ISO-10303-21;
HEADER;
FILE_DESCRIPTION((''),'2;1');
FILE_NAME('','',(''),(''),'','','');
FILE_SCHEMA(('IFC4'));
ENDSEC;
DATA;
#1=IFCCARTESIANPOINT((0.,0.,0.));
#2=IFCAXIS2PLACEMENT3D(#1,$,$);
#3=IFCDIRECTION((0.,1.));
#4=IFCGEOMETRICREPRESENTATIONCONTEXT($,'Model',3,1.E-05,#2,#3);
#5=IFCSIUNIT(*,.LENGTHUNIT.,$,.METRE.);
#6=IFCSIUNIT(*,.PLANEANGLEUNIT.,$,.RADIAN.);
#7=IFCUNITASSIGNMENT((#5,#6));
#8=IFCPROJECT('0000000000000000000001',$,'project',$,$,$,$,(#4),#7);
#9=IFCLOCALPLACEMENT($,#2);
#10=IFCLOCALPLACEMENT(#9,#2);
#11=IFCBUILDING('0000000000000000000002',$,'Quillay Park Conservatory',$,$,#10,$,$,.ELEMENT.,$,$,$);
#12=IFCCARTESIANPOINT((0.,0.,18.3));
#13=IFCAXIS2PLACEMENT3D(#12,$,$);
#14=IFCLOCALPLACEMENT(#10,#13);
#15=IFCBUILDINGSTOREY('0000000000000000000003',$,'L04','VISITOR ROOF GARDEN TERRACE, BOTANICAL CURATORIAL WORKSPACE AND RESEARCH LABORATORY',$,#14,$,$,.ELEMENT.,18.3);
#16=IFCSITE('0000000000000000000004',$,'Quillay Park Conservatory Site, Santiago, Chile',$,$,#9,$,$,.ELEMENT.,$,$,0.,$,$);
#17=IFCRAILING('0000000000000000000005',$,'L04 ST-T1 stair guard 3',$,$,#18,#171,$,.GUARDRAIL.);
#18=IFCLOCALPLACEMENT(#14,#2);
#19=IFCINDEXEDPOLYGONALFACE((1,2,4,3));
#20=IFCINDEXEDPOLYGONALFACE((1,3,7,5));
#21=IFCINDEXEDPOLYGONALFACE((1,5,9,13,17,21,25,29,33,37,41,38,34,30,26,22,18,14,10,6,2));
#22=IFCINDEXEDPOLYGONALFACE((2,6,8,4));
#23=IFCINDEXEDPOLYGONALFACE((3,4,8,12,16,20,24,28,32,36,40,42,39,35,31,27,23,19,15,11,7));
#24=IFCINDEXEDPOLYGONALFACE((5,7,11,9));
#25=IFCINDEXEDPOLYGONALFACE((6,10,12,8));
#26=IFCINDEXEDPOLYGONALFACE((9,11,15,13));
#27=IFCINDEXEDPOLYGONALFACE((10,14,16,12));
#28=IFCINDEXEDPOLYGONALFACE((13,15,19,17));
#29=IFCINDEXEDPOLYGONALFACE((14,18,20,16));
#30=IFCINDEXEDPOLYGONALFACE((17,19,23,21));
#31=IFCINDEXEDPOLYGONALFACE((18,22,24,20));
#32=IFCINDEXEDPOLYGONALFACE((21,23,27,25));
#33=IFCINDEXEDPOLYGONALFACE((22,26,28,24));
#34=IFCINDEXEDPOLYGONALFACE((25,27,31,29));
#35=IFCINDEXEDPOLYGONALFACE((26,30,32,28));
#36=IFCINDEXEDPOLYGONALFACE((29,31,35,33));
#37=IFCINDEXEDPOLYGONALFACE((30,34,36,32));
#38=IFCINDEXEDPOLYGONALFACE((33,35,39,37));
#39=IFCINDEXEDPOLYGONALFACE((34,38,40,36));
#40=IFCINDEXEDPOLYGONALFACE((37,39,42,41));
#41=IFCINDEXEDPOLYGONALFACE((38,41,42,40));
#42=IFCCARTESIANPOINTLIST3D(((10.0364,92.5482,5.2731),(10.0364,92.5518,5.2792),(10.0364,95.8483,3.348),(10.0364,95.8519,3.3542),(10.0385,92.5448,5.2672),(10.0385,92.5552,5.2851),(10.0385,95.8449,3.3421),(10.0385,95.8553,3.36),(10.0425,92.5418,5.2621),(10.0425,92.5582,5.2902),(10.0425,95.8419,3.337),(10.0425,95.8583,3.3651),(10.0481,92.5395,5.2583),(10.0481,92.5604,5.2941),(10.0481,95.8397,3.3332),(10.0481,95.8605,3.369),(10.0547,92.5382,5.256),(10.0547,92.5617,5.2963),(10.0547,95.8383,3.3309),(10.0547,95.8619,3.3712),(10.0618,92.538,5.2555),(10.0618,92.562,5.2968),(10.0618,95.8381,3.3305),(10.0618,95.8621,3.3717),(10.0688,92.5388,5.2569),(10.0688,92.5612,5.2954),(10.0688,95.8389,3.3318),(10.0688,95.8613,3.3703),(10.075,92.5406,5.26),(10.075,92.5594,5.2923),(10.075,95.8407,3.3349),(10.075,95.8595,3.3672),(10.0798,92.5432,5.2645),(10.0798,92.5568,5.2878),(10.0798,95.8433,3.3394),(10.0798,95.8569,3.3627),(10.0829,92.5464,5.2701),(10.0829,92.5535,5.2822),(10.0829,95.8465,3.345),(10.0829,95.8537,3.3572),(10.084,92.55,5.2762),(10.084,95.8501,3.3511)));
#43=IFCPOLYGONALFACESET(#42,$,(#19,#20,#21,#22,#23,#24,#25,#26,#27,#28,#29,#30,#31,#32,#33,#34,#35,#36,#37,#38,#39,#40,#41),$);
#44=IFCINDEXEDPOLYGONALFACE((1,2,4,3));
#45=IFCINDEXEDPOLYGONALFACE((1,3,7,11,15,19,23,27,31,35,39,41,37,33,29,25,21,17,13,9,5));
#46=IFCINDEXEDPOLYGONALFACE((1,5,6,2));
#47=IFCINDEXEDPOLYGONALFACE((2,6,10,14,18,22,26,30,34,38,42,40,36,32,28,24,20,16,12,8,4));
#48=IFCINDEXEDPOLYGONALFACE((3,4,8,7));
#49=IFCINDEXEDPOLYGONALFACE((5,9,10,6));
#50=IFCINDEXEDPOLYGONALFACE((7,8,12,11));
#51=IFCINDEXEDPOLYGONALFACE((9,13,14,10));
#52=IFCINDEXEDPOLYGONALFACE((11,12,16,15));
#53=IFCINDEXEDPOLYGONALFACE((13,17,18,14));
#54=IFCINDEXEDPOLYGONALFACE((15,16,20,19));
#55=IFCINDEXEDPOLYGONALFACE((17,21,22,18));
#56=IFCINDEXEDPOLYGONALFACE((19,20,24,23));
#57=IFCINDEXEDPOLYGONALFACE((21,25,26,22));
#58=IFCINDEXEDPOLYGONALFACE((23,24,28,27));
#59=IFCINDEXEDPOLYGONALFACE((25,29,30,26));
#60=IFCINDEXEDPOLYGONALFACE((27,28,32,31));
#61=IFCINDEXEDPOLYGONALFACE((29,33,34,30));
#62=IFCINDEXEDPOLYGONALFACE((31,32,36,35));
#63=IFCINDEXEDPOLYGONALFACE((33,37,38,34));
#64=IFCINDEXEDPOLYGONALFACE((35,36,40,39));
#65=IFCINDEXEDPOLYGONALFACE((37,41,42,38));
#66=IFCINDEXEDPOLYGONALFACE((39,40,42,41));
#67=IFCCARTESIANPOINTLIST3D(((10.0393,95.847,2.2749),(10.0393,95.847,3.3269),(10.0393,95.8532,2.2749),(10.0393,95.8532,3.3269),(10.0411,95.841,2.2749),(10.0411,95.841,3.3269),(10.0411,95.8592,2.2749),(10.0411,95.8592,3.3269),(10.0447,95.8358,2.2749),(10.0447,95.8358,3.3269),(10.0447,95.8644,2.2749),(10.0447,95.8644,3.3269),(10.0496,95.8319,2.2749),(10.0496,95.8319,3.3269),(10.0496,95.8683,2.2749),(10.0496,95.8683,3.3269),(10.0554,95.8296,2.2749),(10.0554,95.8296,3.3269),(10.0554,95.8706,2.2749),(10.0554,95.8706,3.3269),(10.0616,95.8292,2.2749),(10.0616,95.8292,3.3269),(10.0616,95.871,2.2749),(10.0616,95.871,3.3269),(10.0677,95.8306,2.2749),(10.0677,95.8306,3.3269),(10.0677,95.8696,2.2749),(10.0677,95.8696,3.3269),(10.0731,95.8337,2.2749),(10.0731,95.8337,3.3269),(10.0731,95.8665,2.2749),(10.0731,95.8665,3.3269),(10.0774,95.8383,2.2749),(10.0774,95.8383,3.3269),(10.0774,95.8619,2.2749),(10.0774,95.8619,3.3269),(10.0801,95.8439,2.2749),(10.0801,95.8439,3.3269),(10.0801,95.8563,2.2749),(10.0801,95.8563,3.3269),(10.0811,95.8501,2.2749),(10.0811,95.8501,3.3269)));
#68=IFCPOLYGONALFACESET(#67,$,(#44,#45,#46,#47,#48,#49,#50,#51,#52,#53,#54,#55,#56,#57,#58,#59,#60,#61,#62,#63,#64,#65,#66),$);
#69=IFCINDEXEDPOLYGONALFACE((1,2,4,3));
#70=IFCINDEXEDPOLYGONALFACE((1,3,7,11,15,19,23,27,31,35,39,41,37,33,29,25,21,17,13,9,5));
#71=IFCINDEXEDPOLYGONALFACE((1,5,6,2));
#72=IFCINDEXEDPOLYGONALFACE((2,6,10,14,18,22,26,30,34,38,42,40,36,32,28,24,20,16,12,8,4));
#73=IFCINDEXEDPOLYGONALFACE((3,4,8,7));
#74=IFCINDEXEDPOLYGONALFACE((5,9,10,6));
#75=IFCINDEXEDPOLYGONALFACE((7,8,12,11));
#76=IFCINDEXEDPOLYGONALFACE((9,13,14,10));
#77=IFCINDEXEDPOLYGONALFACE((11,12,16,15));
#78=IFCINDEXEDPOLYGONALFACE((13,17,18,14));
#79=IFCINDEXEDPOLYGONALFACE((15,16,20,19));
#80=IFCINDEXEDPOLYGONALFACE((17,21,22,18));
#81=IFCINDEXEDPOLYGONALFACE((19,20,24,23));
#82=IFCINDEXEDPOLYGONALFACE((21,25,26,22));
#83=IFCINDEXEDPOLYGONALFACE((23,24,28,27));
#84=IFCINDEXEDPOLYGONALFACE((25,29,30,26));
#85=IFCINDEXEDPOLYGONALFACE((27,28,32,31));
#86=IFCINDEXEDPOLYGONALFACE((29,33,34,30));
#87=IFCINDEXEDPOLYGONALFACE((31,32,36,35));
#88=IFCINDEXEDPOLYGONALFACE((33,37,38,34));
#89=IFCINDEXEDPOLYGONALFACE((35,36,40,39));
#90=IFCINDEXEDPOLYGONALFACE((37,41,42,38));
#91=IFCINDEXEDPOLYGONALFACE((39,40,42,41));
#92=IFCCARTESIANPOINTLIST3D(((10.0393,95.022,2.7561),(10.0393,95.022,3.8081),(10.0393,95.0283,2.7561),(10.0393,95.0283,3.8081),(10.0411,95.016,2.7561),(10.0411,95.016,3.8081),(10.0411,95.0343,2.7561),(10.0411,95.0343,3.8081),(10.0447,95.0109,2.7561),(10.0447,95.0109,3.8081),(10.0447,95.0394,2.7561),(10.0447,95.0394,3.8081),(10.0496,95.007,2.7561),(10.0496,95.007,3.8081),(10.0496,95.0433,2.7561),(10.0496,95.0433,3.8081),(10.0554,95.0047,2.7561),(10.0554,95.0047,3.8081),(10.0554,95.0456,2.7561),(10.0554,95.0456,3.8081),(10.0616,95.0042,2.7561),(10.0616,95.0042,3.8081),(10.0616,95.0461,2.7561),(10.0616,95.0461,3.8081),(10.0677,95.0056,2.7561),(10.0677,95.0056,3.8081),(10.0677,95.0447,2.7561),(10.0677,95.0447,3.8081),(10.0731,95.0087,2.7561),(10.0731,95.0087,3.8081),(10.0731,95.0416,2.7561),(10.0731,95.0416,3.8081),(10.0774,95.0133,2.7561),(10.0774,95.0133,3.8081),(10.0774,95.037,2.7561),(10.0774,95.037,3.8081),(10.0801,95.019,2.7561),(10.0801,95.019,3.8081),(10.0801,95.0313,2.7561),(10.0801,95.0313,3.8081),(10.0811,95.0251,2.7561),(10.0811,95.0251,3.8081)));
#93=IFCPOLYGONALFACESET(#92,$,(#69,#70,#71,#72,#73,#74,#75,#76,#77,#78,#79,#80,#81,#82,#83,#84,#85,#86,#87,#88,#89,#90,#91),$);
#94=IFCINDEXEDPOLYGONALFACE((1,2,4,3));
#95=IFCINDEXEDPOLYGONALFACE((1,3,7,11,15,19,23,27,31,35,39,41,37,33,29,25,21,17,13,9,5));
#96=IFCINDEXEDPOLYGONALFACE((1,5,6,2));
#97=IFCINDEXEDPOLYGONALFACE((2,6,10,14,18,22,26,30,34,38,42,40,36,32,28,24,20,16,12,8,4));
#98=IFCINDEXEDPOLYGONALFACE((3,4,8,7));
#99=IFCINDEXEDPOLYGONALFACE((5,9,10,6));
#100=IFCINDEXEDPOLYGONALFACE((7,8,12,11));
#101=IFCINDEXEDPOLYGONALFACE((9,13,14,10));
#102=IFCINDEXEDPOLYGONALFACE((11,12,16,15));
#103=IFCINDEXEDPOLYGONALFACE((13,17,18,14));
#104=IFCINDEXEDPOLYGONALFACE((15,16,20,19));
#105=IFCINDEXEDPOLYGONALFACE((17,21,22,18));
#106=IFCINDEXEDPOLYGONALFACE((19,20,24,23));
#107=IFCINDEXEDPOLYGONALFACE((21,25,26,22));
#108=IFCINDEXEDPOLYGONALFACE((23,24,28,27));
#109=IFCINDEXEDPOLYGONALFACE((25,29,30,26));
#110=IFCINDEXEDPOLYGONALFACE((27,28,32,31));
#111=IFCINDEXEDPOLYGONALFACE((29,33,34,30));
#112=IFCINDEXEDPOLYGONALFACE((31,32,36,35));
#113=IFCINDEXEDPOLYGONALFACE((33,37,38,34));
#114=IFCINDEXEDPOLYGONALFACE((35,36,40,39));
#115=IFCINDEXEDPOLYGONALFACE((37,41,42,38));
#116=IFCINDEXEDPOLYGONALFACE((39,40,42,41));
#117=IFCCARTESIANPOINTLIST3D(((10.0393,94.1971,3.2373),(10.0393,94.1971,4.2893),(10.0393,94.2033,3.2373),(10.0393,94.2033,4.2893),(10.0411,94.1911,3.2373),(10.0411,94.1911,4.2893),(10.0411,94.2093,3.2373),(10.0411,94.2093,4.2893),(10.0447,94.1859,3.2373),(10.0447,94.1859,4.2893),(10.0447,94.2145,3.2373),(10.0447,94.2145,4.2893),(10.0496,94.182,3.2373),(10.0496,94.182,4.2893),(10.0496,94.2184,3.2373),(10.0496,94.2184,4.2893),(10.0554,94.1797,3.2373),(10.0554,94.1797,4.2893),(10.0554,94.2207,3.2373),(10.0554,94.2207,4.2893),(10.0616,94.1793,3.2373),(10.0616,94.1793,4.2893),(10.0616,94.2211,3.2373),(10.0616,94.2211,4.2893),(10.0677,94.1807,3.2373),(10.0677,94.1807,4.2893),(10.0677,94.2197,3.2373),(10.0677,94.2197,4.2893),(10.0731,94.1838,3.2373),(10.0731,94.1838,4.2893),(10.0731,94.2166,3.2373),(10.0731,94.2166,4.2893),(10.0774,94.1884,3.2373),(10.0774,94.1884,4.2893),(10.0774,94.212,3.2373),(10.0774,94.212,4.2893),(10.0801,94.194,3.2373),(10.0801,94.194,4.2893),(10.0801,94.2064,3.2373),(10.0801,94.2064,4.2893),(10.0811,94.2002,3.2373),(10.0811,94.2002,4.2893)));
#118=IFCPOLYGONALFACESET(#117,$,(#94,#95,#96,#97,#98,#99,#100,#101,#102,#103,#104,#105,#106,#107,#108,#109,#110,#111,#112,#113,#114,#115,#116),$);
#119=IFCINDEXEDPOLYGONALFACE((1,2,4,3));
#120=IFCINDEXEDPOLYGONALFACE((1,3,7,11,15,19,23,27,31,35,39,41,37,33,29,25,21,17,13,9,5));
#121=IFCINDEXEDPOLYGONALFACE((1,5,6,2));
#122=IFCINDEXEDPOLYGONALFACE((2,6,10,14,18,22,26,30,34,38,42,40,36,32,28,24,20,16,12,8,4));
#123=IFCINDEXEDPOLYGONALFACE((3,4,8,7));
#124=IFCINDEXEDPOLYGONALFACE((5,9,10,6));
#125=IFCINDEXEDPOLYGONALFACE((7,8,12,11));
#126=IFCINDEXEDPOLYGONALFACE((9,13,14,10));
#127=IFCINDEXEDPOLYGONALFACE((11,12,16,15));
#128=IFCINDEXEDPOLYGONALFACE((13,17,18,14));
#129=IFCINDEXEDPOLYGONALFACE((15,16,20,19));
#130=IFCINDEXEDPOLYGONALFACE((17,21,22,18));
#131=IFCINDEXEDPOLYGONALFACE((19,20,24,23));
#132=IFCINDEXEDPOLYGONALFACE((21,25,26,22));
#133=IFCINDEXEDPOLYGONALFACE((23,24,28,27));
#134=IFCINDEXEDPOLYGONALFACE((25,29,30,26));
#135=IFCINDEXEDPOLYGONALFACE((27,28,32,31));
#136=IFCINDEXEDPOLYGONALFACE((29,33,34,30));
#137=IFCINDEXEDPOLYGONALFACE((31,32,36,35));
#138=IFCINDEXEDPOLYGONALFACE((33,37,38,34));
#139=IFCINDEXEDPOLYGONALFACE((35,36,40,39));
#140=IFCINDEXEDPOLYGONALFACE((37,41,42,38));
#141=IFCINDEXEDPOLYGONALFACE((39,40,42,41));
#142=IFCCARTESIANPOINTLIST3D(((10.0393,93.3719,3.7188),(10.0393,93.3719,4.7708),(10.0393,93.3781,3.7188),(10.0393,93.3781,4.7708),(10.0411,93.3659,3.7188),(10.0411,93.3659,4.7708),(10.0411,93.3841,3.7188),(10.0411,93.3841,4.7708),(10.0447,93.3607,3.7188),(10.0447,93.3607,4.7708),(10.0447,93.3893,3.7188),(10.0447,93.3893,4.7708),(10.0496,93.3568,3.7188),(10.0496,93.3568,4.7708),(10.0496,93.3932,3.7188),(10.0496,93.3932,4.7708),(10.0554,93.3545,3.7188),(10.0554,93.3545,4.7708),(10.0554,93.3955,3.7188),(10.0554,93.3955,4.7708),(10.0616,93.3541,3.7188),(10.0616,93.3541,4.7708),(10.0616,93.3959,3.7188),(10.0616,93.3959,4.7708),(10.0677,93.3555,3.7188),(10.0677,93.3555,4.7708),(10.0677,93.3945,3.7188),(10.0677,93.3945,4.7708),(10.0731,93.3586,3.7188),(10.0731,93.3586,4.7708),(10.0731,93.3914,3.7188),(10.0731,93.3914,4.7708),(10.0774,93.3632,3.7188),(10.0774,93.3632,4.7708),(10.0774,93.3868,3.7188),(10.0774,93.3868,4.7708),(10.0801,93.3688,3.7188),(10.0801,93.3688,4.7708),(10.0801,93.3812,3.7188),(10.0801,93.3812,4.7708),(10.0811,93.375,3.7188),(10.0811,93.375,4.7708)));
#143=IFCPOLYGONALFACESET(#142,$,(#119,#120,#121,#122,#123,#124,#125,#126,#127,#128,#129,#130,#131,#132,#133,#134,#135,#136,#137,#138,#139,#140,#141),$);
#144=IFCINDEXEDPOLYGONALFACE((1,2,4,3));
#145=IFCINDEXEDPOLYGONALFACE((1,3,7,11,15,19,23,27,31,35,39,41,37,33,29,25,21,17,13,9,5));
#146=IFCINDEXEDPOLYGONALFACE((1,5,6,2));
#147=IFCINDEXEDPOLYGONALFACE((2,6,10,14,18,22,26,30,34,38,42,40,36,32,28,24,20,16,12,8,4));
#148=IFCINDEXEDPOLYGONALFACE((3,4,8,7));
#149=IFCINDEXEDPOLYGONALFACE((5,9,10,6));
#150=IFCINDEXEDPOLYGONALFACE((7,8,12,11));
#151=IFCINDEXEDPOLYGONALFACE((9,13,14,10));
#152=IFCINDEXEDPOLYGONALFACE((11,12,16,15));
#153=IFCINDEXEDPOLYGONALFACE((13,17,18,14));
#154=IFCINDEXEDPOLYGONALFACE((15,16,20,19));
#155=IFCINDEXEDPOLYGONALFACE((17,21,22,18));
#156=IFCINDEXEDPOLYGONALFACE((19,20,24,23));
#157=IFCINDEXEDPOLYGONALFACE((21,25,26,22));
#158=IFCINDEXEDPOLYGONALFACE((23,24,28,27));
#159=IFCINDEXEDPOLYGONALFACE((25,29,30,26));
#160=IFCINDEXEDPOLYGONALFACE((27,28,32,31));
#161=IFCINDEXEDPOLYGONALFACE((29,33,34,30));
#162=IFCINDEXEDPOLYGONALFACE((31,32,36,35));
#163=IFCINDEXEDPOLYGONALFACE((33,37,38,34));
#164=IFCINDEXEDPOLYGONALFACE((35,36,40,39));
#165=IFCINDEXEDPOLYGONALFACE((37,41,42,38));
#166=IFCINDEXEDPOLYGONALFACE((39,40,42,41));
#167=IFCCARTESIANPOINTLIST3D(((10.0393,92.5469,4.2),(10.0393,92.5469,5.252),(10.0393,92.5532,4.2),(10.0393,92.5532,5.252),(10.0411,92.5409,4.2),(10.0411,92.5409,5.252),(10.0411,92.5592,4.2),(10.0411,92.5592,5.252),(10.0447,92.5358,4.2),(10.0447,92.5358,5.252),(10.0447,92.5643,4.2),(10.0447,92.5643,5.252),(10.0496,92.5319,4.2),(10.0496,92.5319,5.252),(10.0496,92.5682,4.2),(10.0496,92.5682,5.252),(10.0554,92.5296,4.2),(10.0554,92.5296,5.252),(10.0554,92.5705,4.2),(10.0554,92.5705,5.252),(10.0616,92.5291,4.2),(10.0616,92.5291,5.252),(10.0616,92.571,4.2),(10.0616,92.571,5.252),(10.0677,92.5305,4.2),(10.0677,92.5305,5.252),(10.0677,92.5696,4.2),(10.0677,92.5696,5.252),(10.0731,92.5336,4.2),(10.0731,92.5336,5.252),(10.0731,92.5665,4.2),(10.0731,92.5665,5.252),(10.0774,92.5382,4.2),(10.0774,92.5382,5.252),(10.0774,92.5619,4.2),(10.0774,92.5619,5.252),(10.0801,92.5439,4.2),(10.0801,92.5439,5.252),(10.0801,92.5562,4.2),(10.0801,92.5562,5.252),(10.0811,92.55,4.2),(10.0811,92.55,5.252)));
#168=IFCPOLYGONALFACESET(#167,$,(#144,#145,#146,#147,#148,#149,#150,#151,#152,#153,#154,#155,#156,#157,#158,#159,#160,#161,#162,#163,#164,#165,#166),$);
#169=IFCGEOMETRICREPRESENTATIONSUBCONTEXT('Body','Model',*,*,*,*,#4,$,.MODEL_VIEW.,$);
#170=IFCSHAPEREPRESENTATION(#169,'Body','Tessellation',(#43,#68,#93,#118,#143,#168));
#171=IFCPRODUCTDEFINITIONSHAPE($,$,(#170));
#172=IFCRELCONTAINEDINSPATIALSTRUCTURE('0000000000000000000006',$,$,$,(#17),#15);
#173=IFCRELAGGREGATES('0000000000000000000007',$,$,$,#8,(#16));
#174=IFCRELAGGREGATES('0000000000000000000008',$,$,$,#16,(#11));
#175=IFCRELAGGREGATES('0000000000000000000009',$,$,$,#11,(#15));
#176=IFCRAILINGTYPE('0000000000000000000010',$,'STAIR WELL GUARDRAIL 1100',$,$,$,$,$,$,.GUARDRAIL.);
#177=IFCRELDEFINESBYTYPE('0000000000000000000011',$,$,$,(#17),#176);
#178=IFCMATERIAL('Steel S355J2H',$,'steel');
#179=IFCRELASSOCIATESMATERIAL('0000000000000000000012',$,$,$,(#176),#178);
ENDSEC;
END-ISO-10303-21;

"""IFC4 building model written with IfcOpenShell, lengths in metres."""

from ifc_helpers import new_model, si_unit, direction, frame, origin, origin_2d, place, context, subcontext, project, spatial, circle, extrude, material, type_object, element, save


model = new_model("IFC4")

# Units and contexts
model_context = context("Model", 3, precision=1e-05, world=origin(), true_north=direction((0.0, 1.0)))
body_context = subcontext(model_context, "Body", "Model", "MODEL_VIEW")
ifc_project = project(units=[si_unit("LENGTHUNIT", "METRE"), si_unit("PLANEANGLEUNIT", "RADIAN")], contexts=[model_context])

# Site, building, storey
site_placement = place(None, origin())
site = spatial("IfcSite", under=ifc_project, at=site_placement, Name="Quillay Park Conservatory Site, Santiago, Chile", CompositionType="ELEMENT", RefElevation=0.0)
building_placement = place(site_placement, origin())
building = spatial("IfcBuilding", under=site, at=building_placement, Name="Quillay Park Conservatory", CompositionType="ELEMENT")
storey_placement = place(building_placement, frame((0.0, 0.0, 18.3)))
storey = spatial("IfcBuildingStorey", under=building, at=storey_placement, Name="L04", Description="VISITOR ROOF GARDEN TERRACE, BOTANICAL CURATORIAL WORKSPACE AND RESEARCH LABORATORY", CompositionType="ELEMENT", Elevation=18.3)

# Railing
ifc_material_1 = material(Name="Steel S355J2H", Category="steel")
railing_type_1 = type_object("IfcRailingType", Name="STAIR WELL GUARDRAIL 1100", PredefinedType="GUARDRAIL", material=ifc_material_1)
railing_1_placement = place(storey_placement, frame((10.0601, 95.8501, 2.2749)))
element("IfcRailing", 1, at=railing_1_placement, inside=storey, type_object=railing_type_1, Name="L04 ST-T1 stair guard 3", PredefinedType="GUARDRAIL", context=body_context, shape_type="SweptSolid", body=[
    extrude(circle(Radius=0.0239, at=origin_2d()), frame((0.0, 0.0, 1.0762), z_axis=(0.0, -0.863777, 0.503875), x_axis=(1.0, 0.0, 0.0)), (0.0, 0.0, 1.0), 3.8206),
    extrude(circle(Radius=0.021, at=origin_2d()), origin(), (0.0, 0.0, 1.0), 1.052),
    extrude(circle(Radius=0.021, at=origin_2d()), frame((0.0, -0.825, 0.4812)), (0.0, 0.0, 1.0), 1.052),
    extrude(circle(Radius=0.021, at=origin_2d()), frame((0.0, -1.6499, 0.9624)), (0.0, 0.0, 1.0), 1.052),
    extrude(circle(Radius=0.021, at=origin_2d()), frame((0.0, -2.4751, 1.4438)), (0.0, 0.0, 1.0), 1.052),
    extrude(circle(Radius=0.021, at=origin_2d()), frame((0.0, -3.3, 1.925)), (0.0, 0.0, 1.0), 1.052),
])

save(model, "model.ifc")
